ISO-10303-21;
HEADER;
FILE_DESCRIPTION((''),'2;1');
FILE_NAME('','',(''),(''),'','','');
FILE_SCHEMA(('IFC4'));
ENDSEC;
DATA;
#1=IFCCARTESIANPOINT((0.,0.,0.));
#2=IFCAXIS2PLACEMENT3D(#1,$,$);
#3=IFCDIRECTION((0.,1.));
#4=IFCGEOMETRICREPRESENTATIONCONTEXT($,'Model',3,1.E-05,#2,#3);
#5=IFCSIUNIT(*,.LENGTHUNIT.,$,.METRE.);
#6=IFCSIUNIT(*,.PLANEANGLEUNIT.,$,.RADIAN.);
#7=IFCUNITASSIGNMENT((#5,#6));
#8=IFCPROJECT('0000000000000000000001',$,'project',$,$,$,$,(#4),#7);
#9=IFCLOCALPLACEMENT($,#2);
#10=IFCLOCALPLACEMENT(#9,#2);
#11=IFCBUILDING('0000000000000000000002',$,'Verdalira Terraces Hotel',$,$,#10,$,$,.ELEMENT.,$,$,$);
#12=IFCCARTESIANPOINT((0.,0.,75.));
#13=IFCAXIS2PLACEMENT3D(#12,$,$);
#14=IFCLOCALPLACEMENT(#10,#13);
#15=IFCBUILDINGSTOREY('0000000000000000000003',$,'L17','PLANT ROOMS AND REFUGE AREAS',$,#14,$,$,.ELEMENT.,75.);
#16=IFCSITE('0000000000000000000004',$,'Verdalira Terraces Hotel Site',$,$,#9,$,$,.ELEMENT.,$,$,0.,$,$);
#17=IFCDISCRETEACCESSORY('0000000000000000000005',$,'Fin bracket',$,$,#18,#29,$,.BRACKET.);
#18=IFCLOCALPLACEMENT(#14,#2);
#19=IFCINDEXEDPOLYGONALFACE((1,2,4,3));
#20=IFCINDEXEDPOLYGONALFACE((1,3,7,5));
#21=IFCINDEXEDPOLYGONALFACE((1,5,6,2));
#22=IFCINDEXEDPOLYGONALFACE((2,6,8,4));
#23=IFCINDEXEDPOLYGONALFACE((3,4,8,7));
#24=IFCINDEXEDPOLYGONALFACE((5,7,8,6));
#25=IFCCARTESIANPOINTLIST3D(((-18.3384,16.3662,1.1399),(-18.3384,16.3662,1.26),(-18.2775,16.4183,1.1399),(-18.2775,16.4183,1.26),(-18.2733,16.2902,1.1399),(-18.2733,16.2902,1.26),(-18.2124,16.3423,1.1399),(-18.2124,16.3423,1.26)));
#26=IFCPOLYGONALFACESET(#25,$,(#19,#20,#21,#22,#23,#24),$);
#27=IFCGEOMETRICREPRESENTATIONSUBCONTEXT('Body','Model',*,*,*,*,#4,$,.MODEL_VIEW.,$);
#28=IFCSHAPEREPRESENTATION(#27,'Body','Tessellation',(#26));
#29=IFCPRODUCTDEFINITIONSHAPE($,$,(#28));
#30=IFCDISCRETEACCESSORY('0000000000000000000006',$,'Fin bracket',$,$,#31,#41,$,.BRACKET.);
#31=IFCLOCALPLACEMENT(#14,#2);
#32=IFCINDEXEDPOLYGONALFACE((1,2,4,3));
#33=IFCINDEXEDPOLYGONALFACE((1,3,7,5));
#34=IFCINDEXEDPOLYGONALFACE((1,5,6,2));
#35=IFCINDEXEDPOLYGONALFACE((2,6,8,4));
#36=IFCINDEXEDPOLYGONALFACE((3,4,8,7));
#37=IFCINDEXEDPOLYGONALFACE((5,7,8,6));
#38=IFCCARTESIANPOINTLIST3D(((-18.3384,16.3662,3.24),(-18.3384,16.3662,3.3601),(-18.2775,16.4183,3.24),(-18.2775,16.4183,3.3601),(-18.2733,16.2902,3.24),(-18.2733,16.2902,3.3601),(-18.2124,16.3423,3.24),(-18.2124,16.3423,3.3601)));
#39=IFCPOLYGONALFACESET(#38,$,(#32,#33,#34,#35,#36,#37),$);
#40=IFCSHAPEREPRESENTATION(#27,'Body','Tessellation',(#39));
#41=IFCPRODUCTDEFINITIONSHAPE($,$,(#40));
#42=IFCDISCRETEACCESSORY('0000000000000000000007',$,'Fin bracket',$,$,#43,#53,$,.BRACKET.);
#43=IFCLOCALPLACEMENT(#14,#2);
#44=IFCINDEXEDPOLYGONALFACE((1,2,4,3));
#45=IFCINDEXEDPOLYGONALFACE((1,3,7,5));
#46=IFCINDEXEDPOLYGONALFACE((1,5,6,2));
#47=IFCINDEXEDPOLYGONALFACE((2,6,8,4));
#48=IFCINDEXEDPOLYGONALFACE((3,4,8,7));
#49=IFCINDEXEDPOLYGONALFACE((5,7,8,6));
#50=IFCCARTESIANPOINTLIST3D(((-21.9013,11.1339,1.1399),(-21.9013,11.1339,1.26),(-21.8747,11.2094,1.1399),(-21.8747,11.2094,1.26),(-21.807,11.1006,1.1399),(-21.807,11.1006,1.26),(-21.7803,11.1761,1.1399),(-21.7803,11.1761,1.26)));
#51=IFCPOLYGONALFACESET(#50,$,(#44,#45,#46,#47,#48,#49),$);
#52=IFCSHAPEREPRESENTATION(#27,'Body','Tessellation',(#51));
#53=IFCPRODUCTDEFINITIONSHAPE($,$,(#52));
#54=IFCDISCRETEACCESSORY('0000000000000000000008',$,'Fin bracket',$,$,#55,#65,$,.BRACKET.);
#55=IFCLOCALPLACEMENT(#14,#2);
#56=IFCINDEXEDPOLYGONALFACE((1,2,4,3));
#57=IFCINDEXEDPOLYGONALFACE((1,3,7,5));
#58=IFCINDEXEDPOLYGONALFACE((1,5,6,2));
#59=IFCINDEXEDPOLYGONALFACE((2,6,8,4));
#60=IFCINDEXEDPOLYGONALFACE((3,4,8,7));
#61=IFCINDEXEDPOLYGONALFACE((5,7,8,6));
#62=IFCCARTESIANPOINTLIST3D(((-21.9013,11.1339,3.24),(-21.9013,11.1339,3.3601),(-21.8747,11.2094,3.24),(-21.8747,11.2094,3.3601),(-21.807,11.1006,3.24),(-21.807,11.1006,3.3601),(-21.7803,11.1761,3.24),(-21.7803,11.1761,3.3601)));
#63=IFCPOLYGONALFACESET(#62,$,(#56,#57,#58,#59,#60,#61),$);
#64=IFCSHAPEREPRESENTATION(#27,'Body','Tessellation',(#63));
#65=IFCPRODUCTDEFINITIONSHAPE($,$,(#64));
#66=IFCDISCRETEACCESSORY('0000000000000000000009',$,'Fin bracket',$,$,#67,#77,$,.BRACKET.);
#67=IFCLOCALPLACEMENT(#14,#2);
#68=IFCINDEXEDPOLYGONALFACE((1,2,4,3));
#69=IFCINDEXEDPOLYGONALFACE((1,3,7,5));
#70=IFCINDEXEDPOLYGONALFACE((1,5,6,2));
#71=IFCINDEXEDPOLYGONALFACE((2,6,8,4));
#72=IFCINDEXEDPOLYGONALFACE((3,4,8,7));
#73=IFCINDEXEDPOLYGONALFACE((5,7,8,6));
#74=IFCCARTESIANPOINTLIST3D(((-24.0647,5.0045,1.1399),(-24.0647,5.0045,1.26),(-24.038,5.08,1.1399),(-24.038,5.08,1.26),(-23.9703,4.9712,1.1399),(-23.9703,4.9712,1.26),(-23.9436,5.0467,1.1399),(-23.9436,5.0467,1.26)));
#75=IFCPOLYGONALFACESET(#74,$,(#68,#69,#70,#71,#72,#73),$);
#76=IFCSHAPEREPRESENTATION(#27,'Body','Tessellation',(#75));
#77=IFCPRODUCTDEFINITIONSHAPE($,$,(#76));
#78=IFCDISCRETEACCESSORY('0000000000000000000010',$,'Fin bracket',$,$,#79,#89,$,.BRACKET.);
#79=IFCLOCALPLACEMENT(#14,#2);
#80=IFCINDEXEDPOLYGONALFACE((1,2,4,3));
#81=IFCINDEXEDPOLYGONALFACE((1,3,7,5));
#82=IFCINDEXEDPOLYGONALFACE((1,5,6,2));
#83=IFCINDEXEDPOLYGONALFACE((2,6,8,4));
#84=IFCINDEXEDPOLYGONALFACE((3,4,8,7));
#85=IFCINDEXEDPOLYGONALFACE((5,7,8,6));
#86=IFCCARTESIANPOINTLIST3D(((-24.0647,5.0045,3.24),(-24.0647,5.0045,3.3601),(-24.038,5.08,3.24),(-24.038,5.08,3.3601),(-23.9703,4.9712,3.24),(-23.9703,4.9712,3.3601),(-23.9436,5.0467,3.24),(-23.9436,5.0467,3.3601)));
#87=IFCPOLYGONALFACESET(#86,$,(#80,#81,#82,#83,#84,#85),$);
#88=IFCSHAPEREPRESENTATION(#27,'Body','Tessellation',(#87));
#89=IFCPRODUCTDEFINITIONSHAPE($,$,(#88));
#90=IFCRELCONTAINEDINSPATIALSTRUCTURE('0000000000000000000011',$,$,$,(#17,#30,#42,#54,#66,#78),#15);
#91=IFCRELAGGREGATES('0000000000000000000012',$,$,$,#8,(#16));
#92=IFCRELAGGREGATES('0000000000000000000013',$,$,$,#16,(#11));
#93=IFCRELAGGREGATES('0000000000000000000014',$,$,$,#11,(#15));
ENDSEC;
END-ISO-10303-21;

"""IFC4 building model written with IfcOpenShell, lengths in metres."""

from ifc_helpers import new_model, si_unit, direction, frame, origin, origin_2d, place, context, subcontext, project, spatial, rectangle, extrude, element, save


model = new_model("IFC4")

# Units and contexts
model_context = context("Model", 3, precision=1e-05, world=origin(), true_north=direction((0.0, 1.0)))
body_context = subcontext(model_context, "Body", "Model", "MODEL_VIEW")
ifc_project = project(units=[si_unit("LENGTHUNIT", "METRE"), si_unit("PLANEANGLEUNIT", "RADIAN")], contexts=[model_context])

# Site, building, storey
site_placement = place(None, origin())
site = spatial("IfcSite", under=ifc_project, at=site_placement, Name="Verdalira Terraces Hotel Site", CompositionType="ELEMENT", RefElevation=0.0)
building_placement = place(site_placement, origin())
building = spatial("IfcBuilding", under=site, at=building_placement, Name="Verdalira Terraces Hotel", CompositionType="ELEMENT")
storey_placement = place(building_placement, frame((0.0, 0.0, 75.0)))
storey = spatial("IfcBuildingStorey", under=building, at=storey_placement, Name="L17", Description="PLANT ROOMS AND REFUGE AREAS", CompositionType="ELEMENT", Elevation=75.0)

# Discrete accessories
for number, where, z_axis, x_axis, name in (
    (1, (-18.2754, 16.3542, 1.1399), (0.0, 0.0, 1.0), (-0.759725, -0.650244, 0.0), "Fin bracket"),
    (2, (-18.2754, 16.3542, 3.24), (0.0, 0.0, 1.0), (-0.759725, -0.650244, 0.0), "Fin bracket"),
    (3, (-21.8408, 11.155, 1.1399), (0.0, 0.0, 1.0), (-0.33282, -0.942991, 0.0), "Fin bracket"),
    (4, (-21.8408, 11.155, 3.24), (0.0, 0.0, 1.0), (-0.33282, -0.942991, 0.0), "Fin bracket"),
    (5, (-24.0041, 5.0256, 1.1399), (0.0, 0.0, 1.0), (-0.33282, -0.942991, 0.0), "Fin bracket"),
    (6, (-24.0041, 5.0256, 3.24), (0.0, 0.0, 1.0), (-0.33282, -0.942991, 0.0), "Fin bracket"),
):
    element("IfcDiscreteAccessory", number, at=place(storey_placement, frame(where, z_axis=z_axis, x_axis=x_axis)), inside=storey, Name=name, PredefinedType="BRACKET", context=body_context, shape_type="SweptSolid", body=[
        extrude(rectangle(XDim=0.0801, YDim=0.1001, at=origin_2d()), origin(), (0.0, 0.0, 1.0), 0.1201),
    ])

save(model, "model.ifc")
